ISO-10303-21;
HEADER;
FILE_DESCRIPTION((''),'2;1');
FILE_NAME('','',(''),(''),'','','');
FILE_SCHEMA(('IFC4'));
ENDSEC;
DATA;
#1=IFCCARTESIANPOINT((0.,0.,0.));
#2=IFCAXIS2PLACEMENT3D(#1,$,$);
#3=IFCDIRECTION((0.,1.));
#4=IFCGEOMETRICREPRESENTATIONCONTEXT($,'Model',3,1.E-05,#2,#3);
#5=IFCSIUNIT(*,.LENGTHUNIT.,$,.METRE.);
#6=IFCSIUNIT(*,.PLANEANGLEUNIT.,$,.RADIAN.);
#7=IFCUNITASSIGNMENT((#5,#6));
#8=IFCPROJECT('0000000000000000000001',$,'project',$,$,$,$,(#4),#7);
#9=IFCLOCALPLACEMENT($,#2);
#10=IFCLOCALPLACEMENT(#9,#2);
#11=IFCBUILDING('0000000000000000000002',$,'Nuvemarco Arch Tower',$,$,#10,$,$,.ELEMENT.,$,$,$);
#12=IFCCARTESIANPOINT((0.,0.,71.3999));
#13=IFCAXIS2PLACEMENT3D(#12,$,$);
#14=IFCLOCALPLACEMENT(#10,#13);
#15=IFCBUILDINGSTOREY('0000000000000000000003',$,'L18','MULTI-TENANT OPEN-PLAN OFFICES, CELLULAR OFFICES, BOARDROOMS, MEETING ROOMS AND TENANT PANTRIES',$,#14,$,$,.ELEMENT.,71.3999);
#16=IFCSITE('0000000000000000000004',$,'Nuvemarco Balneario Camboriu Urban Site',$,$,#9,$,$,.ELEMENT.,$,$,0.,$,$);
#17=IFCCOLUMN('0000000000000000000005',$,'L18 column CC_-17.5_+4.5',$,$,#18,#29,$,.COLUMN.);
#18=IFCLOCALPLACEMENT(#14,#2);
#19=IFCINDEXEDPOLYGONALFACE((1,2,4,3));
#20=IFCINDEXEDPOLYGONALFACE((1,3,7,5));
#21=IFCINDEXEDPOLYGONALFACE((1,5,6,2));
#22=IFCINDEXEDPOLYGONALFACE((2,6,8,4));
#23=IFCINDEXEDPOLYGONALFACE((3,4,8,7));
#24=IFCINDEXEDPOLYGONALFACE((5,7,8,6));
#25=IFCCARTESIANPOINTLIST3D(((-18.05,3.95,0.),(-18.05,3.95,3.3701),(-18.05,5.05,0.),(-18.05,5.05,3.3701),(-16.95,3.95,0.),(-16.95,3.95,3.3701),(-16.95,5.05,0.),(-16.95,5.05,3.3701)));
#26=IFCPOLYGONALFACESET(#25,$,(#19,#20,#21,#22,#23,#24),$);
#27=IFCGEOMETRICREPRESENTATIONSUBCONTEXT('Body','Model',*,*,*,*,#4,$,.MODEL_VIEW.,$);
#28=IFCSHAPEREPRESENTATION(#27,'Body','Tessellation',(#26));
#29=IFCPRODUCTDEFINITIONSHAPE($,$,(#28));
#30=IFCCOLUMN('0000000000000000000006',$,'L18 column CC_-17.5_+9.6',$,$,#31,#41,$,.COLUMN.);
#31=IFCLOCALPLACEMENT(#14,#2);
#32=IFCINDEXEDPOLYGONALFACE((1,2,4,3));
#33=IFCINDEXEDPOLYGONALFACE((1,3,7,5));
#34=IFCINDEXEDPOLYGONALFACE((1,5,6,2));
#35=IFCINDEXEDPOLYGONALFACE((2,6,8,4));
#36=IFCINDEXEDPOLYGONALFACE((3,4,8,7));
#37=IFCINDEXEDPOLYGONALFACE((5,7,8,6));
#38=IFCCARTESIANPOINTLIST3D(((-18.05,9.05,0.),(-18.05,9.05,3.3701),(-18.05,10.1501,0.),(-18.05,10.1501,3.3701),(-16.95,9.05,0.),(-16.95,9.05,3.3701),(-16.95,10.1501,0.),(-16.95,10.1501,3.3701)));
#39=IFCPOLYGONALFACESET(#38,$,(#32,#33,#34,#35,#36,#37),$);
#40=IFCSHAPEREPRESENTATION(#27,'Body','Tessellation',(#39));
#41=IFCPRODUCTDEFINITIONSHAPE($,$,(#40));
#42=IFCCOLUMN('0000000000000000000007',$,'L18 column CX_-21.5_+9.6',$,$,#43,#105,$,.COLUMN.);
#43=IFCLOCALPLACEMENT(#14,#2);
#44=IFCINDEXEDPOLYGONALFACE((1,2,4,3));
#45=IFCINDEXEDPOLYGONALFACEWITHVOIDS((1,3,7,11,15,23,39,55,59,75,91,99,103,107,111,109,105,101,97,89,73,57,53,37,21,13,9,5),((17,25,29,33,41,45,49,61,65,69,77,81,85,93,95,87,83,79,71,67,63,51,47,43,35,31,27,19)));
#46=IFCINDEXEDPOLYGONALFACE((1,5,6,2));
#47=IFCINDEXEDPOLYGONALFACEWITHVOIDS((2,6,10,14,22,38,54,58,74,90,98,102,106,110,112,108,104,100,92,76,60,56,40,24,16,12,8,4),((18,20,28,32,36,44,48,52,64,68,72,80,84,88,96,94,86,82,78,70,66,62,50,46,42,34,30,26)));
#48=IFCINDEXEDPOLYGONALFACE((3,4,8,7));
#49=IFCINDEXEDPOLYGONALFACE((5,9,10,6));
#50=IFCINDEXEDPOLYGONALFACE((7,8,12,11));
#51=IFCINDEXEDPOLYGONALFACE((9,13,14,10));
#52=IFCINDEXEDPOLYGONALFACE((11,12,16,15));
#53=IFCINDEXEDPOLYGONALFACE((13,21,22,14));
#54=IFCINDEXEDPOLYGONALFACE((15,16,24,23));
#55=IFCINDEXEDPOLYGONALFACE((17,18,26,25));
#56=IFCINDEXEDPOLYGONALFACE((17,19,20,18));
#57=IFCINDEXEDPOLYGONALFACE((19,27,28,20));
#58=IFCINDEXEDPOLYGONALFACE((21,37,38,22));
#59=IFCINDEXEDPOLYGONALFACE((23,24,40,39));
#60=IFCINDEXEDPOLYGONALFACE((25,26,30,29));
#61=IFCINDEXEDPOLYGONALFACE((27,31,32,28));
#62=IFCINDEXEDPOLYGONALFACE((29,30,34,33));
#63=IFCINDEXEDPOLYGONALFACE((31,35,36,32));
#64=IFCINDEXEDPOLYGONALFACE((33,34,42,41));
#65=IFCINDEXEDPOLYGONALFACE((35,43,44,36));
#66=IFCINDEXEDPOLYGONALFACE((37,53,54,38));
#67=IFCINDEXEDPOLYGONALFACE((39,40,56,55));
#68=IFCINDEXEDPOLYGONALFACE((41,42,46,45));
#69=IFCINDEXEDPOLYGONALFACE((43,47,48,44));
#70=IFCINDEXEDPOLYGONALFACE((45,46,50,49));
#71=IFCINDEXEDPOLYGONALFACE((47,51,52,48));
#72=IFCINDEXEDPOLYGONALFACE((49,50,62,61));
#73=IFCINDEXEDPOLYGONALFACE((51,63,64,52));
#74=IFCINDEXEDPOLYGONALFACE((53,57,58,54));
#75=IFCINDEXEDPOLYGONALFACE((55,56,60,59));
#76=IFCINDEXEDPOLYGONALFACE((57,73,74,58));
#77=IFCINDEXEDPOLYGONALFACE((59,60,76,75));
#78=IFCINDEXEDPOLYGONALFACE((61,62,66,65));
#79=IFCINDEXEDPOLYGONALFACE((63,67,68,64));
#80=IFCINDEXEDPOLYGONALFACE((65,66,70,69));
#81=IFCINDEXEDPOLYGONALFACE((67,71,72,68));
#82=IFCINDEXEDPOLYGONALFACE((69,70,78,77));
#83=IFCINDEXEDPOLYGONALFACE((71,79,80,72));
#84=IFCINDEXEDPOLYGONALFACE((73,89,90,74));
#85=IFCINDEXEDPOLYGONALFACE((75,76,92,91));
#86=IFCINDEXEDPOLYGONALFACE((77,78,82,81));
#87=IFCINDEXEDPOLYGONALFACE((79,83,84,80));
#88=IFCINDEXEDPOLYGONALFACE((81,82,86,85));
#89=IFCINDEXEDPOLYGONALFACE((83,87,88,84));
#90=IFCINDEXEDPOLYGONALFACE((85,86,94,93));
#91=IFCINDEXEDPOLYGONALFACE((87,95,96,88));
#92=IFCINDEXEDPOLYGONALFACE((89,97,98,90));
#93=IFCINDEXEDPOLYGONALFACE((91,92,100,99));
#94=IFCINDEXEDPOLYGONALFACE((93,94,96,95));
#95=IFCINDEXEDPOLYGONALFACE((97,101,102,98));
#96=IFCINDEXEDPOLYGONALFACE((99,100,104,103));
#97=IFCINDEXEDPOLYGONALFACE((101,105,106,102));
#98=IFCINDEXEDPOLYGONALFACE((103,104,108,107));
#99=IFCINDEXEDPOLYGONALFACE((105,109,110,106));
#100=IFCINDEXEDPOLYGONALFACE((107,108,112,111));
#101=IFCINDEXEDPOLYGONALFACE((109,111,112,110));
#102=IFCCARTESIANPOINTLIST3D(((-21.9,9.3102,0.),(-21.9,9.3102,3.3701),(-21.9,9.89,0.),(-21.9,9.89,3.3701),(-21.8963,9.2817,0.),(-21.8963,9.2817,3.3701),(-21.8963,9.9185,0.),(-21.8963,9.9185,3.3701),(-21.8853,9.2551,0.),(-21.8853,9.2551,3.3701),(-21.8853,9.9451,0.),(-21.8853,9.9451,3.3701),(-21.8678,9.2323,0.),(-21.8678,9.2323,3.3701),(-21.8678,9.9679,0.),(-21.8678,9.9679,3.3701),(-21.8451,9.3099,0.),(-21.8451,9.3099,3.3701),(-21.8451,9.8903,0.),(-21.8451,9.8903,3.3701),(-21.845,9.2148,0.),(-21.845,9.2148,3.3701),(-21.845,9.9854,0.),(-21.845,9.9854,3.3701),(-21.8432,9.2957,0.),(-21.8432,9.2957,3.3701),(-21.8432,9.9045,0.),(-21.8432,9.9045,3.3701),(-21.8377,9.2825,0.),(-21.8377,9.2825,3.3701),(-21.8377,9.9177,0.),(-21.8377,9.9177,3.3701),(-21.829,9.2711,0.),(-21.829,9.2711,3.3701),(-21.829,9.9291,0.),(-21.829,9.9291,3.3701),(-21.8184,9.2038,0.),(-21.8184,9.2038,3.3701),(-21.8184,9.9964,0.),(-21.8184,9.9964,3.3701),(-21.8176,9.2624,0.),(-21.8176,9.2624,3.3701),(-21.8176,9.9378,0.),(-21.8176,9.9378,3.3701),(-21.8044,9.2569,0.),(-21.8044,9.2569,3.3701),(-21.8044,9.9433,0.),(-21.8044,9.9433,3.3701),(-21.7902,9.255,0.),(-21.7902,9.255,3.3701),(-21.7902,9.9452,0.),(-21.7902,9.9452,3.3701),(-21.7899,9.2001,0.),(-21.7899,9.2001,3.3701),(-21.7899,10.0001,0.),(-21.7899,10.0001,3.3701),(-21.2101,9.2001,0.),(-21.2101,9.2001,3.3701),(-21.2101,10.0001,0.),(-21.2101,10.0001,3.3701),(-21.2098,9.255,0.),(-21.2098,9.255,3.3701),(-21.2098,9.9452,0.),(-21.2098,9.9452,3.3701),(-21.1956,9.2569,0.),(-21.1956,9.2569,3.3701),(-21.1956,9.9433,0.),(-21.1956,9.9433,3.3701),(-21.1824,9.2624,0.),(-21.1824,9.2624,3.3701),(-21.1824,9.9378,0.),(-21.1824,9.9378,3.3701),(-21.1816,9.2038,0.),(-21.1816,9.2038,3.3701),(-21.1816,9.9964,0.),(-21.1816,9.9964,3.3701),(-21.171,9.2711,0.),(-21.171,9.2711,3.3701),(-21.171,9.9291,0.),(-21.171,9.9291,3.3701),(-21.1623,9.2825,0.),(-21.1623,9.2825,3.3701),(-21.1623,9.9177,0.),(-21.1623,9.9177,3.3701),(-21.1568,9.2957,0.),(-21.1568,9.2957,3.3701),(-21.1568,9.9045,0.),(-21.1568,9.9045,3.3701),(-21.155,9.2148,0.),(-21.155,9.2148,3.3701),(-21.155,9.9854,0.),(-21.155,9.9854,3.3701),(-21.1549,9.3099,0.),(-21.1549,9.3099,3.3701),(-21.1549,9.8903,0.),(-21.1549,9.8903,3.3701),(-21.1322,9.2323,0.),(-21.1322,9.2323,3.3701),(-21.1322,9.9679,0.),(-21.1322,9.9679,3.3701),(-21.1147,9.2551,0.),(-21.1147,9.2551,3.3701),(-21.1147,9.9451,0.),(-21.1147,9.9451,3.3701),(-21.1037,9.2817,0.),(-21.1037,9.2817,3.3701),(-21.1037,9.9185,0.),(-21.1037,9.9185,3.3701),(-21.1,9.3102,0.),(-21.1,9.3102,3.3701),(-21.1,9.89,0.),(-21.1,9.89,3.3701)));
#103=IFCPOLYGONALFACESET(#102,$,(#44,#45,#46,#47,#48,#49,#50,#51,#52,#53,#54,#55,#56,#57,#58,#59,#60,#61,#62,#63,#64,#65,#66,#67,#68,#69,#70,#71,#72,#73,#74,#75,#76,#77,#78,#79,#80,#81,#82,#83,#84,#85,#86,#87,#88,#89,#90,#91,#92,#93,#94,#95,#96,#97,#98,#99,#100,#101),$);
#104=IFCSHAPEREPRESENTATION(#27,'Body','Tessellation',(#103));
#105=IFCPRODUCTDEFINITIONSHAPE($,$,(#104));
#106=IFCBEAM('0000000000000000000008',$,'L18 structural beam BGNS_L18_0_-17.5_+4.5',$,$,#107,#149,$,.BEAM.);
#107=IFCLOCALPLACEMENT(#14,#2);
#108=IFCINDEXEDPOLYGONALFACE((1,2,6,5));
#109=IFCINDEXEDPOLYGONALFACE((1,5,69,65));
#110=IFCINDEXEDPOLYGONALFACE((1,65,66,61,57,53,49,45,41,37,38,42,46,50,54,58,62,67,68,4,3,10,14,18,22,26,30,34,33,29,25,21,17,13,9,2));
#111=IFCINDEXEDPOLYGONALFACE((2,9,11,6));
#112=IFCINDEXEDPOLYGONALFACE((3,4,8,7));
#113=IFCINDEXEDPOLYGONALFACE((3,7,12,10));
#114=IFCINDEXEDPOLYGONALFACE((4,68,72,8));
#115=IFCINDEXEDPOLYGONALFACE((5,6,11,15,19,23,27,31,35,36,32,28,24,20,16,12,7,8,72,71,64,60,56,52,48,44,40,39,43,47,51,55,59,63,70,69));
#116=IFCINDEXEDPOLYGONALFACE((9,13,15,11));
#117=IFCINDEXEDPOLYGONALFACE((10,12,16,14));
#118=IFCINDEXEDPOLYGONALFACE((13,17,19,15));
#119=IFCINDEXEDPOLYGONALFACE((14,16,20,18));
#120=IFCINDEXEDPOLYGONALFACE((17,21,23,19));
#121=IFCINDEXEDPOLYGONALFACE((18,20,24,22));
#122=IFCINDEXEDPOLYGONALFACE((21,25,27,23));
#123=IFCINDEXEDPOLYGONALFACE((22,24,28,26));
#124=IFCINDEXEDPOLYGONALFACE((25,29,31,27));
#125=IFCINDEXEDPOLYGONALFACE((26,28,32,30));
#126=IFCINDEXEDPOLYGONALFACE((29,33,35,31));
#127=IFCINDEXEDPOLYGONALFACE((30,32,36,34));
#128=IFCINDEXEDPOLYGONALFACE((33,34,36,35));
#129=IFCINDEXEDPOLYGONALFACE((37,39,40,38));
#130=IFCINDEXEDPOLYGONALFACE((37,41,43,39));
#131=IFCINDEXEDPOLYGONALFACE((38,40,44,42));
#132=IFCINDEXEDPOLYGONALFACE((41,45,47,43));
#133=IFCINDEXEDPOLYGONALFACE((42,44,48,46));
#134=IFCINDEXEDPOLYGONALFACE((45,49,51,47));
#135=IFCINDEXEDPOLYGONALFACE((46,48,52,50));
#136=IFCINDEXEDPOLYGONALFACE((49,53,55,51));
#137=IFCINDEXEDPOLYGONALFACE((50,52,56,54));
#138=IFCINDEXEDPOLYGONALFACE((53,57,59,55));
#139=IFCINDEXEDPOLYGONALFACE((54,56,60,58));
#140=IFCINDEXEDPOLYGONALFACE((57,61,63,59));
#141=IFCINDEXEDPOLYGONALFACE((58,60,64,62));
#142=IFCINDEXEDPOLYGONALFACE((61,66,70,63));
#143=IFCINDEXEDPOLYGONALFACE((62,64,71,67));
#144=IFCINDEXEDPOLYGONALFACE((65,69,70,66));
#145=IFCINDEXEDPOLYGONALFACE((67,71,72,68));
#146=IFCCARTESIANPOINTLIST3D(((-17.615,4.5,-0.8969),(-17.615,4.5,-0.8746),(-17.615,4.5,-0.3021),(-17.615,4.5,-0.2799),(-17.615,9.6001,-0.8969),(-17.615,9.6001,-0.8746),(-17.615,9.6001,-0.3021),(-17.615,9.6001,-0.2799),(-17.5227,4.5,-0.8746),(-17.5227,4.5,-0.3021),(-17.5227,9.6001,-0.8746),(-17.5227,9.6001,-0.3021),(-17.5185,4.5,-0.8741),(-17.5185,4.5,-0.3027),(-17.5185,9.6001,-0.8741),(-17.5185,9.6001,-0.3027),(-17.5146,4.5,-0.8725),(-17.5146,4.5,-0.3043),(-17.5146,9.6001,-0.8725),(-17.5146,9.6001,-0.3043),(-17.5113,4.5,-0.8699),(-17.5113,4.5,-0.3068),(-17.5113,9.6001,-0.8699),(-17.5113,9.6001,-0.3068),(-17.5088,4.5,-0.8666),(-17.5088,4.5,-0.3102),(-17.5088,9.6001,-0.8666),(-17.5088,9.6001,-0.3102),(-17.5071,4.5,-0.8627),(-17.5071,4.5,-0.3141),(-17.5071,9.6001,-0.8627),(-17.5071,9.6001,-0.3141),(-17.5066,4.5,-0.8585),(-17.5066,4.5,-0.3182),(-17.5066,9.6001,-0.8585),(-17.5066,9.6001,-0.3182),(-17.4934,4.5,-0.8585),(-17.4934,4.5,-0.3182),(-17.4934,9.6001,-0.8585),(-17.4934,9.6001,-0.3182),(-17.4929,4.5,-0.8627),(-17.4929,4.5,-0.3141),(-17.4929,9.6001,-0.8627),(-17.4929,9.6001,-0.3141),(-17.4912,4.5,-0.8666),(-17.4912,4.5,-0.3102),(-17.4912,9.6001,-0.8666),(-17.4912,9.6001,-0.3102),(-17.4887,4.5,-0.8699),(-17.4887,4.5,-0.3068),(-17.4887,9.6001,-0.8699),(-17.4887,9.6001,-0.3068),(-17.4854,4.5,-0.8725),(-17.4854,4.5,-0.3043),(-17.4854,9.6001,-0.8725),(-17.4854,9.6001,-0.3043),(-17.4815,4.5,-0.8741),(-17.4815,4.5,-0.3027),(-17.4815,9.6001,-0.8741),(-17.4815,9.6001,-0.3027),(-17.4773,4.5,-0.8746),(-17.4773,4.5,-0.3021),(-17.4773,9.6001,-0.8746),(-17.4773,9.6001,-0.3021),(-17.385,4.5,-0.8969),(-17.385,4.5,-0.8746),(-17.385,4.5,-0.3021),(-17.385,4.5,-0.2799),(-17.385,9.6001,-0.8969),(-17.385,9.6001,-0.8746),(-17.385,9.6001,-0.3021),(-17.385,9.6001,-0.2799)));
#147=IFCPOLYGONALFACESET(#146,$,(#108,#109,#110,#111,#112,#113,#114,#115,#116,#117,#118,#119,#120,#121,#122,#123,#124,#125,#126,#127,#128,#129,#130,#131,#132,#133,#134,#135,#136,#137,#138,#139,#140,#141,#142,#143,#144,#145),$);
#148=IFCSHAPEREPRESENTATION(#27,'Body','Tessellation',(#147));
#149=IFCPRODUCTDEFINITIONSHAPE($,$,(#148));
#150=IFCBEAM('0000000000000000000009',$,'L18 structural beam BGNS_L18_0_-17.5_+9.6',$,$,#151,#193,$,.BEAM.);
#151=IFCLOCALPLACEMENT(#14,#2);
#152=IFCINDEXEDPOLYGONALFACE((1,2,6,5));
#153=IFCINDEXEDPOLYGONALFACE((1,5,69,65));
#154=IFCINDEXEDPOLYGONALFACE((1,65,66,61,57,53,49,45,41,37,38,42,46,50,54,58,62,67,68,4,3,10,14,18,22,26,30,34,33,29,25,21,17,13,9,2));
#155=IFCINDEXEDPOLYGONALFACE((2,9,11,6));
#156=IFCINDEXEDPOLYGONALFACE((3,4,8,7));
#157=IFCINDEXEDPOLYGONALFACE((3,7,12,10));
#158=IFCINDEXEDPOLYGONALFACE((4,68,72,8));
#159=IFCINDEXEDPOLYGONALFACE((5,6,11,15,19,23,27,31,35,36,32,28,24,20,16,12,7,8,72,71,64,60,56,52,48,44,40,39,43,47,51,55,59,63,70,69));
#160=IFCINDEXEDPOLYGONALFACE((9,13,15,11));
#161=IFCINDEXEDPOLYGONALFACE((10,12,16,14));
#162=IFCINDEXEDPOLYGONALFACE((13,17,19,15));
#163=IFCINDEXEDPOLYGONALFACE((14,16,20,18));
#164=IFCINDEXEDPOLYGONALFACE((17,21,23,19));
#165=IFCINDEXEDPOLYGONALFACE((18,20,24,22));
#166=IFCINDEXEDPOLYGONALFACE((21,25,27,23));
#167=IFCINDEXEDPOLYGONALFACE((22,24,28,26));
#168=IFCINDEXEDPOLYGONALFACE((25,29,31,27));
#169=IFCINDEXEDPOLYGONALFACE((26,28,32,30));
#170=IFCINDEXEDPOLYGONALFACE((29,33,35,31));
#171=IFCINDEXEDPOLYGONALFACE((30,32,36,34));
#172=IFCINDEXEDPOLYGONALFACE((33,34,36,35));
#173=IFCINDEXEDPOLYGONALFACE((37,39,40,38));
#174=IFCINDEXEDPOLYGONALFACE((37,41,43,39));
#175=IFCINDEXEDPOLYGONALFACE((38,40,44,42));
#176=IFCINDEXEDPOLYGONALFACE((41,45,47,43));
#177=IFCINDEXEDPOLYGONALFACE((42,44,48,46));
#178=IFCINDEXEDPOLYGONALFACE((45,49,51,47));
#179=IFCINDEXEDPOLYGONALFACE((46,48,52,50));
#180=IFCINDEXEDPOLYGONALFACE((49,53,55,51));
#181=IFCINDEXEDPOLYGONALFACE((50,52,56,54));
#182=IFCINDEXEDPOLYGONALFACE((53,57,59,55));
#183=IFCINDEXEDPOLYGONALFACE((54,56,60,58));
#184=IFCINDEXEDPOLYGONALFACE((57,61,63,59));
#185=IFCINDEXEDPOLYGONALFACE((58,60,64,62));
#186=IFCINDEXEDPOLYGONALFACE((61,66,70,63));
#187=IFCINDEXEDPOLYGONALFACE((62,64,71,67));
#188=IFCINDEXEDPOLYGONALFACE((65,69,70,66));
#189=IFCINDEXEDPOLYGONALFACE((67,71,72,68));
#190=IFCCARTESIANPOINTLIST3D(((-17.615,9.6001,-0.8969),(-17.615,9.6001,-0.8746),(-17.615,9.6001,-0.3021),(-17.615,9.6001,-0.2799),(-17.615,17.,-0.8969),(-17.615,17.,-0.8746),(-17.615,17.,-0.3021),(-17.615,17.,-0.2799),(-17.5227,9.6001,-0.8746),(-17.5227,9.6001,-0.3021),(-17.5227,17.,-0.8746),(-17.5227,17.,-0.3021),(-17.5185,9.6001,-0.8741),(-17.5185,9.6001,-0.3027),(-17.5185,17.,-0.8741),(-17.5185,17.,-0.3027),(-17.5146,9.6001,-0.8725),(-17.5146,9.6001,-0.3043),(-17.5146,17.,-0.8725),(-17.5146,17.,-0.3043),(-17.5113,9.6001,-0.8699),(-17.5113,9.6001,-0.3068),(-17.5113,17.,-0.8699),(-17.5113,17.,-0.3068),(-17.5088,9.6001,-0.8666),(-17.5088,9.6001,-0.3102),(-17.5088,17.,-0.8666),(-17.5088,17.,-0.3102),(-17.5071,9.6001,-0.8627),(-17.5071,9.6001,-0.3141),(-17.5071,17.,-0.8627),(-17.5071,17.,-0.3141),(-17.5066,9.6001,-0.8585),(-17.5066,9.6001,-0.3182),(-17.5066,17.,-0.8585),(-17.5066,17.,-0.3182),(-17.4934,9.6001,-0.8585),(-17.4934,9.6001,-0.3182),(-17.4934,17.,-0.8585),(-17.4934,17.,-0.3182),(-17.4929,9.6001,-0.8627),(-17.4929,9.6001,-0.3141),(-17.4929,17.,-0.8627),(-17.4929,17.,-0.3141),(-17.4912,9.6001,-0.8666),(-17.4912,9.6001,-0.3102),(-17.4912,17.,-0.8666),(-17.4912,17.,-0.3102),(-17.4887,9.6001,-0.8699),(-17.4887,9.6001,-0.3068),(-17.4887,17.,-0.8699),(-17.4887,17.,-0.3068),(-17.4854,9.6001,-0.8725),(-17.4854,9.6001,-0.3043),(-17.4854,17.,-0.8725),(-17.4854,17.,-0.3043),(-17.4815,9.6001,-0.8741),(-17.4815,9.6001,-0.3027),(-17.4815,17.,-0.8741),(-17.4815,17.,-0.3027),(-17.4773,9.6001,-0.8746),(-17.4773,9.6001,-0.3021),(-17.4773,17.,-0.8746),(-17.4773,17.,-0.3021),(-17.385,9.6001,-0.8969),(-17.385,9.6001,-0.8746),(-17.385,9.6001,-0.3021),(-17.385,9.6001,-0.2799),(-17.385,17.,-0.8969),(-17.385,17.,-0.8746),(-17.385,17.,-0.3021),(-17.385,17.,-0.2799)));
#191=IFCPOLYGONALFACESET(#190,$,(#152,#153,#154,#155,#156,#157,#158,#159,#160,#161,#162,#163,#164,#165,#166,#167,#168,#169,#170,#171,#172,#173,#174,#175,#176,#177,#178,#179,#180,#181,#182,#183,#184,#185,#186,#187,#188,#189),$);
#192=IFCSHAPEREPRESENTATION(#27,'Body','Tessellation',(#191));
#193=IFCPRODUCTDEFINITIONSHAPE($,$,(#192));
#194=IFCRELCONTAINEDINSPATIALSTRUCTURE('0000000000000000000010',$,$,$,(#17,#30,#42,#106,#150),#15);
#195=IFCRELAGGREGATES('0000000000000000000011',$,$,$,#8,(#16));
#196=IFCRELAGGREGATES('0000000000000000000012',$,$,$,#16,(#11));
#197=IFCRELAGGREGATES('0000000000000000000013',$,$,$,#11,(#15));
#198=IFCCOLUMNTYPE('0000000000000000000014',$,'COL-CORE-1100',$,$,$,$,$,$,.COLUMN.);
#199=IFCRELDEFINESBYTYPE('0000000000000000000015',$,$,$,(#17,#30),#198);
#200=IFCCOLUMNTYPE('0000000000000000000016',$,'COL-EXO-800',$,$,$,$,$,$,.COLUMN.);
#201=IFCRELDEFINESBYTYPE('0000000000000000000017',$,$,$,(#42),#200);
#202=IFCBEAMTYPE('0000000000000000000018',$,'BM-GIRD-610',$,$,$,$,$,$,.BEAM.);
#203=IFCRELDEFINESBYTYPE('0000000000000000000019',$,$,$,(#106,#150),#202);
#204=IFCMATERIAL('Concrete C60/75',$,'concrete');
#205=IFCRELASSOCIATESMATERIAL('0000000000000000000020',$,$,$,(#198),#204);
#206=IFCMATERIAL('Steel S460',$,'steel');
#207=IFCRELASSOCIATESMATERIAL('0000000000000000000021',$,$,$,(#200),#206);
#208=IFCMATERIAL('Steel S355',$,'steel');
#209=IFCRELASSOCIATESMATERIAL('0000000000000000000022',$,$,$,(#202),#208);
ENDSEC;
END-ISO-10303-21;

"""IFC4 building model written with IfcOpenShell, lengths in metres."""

from ifc_helpers import new_model, si_unit, direction, frame, origin, origin_2d, place, context, subcontext, project, spatial, rectangle, hollow_rectangle, i_section, extrude, material, material_profile, profile_set, type_object, element, save


model = new_model("IFC4")

# Units and contexts
model_context = context("Model", 3, precision=1e-05, world=origin(), true_north=direction((0.0, 1.0)))
body_context = subcontext(model_context, "Body", "Model", "MODEL_VIEW")
ifc_project = project(units=[si_unit("LENGTHUNIT", "METRE"), si_unit("PLANEANGLEUNIT", "RADIAN")], contexts=[model_context])

# Site, building, storey
site_placement = place(None, origin())
site = spatial("IfcSite", under=ifc_project, at=site_placement, Name="Nuvemarco Balneario Camboriu Urban Site", CompositionType="ELEMENT", RefElevation=0.0)
building_placement = place(site_placement, origin())
building = spatial("IfcBuilding", under=site, at=building_placement, Name="Nuvemarco Arch Tower", CompositionType="ELEMENT")
storey_placement = place(building_placement, frame((0.0, 0.0, 71.3999)))
storey = spatial("IfcBuildingStorey", under=building, at=storey_placement, Name="L18", Description="MULTI-TENANT OPEN-PLAN OFFICES, CELLULAR OFFICES, BOARDROOMS, MEETING ROOMS AND TENANT PANTRIES", CompositionType="ELEMENT", Elevation=71.3999)

# Columns
ifc_material_1 = material(Name="Concrete C60/75", Category="concrete")
ifc_material_profile_1 = material_profile(ifc_material_1, rectangle(XDim=1.1001, YDim=1.1001, at=origin_2d()), Name="RC-COL-1100x1100")
ifc_profile_set_1 = profile_set([ifc_material_profile_1], Name="Concrete C60/75")
column_type_1 = type_object("IfcColumnType", Name="COL-CORE-1100", PredefinedType="COLUMN", material=ifc_profile_set_1)
for number, where, z_axis, x_axis, name in (
    (1, (-17.5, 4.5, 0.0), (0.0, 0.0, 1.0), (1.0, 0.0, 0.0), "L18 column CC_-17.5_+4.5"),
    (2, (-17.5, 9.6001, 0.0), (0.0, 0.0, 1.0), (1.0, 0.0, 0.0), "L18 column CC_-17.5_+9.6"),
):
    element("IfcColumn", number, at=place(storey_placement, frame(where, z_axis=z_axis, x_axis=x_axis)), inside=storey, type_object=column_type_1, Name=name, PredefinedType="COLUMN", context=body_context, shape_type="SweptSolid", body=[
        extrude(rectangle(XDim=1.1001, YDim=1.1001, at=origin_2d()), origin(), (0.0, 0.0, 1.0), 3.3701),
    ])
ifc_material_2 = material(Name="Steel S460", Category="steel")
ifc_material_profile_2 = material_profile(ifc_material_2, hollow_rectangle(XDim=0.8, YDim=0.8, WallThickness=0.0549, InnerFilletRadius=0.0549, OuterFilletRadius=0.1101, at=origin_2d()), Name="SHS800x800x55")
ifc_profile_set_2 = profile_set([ifc_material_profile_2], Name="Steel S460")
column_type_2 = type_object("IfcColumnType", Name="COL-EXO-800", PredefinedType="COLUMN", material=ifc_profile_set_2)
column_placement = place(storey_placement, frame((-21.5, 9.6001, 0.0), z_axis=(0.0, 0.0, 1.0), x_axis=(1.0, 0.0, 0.0)))
element("IfcColumn", 3, at=column_placement, inside=storey, type_object=column_type_2, Name="L18 column CX_-21.5_+9.6", PredefinedType="COLUMN", context=body_context, shape_type="SweptSolid", body=[
    extrude(hollow_rectangle(XDim=0.8, YDim=0.8, WallThickness=0.0549, InnerFilletRadius=0.0549, OuterFilletRadius=0.1101, at=origin_2d()), origin(), (0.0, 0.0, 1.0), 3.3701),
])

# Beams
ifc_material_3 = material(Name="Steel S355", Category="steel")
ifc_material_profile_3 = material_profile(ifc_material_3, i_section(OverallWidth=0.23, OverallDepth=0.6169, WebThickness=0.0132, FlangeThickness=0.0222, FilletRadius=0.0161, at=origin_2d()), Name="W610x140")
ifc_profile_set_3 = profile_set([ifc_material_profile_3], Name="Steel S355")
beam_type_1 = type_object("IfcBeamType", Name="BM-GIRD-610", PredefinedType="BEAM", material=ifc_profile_set_3)
beam_1_placement = place(storey_placement, frame((-17.5, 4.5, -0.5884), z_axis=(0.0, 1.0, 0.0), x_axis=(-1.0, 0.0, 0.0)))
element("IfcBeam", 4, at=beam_1_placement, inside=storey, type_object=beam_type_1, Name="L18 structural beam BGNS_L18_0_-17.5_+4.5", PredefinedType="BEAM", context=body_context, shape_type="SweptSolid", body=[
    extrude(i_section(OverallWidth=0.23, OverallDepth=0.6169, WebThickness=0.0132, FlangeThickness=0.0222, FilletRadius=0.0161, at=origin_2d()), origin(), (0.0, 0.0, 1.0), 5.1001),
])
beam_2_placement = place(storey_placement, frame((-17.5, 9.6001, -0.5884), z_axis=(0.0, 1.0, 0.0), x_axis=(-1.0, 0.0, 0.0)))
element("IfcBeam", 5, at=beam_2_placement, inside=storey, type_object=beam_type_1, Name="L18 structural beam BGNS_L18_0_-17.5_+9.6", PredefinedType="BEAM", context=body_context, shape_type="SweptSolid", body=[
    extrude(i_section(OverallWidth=0.23, OverallDepth=0.6169, WebThickness=0.0132, FlangeThickness=0.0222, FilletRadius=0.0161, at=origin_2d()), origin(), (0.0, 0.0, 1.0), 7.3999),
])

save(model, "model.ifc")
